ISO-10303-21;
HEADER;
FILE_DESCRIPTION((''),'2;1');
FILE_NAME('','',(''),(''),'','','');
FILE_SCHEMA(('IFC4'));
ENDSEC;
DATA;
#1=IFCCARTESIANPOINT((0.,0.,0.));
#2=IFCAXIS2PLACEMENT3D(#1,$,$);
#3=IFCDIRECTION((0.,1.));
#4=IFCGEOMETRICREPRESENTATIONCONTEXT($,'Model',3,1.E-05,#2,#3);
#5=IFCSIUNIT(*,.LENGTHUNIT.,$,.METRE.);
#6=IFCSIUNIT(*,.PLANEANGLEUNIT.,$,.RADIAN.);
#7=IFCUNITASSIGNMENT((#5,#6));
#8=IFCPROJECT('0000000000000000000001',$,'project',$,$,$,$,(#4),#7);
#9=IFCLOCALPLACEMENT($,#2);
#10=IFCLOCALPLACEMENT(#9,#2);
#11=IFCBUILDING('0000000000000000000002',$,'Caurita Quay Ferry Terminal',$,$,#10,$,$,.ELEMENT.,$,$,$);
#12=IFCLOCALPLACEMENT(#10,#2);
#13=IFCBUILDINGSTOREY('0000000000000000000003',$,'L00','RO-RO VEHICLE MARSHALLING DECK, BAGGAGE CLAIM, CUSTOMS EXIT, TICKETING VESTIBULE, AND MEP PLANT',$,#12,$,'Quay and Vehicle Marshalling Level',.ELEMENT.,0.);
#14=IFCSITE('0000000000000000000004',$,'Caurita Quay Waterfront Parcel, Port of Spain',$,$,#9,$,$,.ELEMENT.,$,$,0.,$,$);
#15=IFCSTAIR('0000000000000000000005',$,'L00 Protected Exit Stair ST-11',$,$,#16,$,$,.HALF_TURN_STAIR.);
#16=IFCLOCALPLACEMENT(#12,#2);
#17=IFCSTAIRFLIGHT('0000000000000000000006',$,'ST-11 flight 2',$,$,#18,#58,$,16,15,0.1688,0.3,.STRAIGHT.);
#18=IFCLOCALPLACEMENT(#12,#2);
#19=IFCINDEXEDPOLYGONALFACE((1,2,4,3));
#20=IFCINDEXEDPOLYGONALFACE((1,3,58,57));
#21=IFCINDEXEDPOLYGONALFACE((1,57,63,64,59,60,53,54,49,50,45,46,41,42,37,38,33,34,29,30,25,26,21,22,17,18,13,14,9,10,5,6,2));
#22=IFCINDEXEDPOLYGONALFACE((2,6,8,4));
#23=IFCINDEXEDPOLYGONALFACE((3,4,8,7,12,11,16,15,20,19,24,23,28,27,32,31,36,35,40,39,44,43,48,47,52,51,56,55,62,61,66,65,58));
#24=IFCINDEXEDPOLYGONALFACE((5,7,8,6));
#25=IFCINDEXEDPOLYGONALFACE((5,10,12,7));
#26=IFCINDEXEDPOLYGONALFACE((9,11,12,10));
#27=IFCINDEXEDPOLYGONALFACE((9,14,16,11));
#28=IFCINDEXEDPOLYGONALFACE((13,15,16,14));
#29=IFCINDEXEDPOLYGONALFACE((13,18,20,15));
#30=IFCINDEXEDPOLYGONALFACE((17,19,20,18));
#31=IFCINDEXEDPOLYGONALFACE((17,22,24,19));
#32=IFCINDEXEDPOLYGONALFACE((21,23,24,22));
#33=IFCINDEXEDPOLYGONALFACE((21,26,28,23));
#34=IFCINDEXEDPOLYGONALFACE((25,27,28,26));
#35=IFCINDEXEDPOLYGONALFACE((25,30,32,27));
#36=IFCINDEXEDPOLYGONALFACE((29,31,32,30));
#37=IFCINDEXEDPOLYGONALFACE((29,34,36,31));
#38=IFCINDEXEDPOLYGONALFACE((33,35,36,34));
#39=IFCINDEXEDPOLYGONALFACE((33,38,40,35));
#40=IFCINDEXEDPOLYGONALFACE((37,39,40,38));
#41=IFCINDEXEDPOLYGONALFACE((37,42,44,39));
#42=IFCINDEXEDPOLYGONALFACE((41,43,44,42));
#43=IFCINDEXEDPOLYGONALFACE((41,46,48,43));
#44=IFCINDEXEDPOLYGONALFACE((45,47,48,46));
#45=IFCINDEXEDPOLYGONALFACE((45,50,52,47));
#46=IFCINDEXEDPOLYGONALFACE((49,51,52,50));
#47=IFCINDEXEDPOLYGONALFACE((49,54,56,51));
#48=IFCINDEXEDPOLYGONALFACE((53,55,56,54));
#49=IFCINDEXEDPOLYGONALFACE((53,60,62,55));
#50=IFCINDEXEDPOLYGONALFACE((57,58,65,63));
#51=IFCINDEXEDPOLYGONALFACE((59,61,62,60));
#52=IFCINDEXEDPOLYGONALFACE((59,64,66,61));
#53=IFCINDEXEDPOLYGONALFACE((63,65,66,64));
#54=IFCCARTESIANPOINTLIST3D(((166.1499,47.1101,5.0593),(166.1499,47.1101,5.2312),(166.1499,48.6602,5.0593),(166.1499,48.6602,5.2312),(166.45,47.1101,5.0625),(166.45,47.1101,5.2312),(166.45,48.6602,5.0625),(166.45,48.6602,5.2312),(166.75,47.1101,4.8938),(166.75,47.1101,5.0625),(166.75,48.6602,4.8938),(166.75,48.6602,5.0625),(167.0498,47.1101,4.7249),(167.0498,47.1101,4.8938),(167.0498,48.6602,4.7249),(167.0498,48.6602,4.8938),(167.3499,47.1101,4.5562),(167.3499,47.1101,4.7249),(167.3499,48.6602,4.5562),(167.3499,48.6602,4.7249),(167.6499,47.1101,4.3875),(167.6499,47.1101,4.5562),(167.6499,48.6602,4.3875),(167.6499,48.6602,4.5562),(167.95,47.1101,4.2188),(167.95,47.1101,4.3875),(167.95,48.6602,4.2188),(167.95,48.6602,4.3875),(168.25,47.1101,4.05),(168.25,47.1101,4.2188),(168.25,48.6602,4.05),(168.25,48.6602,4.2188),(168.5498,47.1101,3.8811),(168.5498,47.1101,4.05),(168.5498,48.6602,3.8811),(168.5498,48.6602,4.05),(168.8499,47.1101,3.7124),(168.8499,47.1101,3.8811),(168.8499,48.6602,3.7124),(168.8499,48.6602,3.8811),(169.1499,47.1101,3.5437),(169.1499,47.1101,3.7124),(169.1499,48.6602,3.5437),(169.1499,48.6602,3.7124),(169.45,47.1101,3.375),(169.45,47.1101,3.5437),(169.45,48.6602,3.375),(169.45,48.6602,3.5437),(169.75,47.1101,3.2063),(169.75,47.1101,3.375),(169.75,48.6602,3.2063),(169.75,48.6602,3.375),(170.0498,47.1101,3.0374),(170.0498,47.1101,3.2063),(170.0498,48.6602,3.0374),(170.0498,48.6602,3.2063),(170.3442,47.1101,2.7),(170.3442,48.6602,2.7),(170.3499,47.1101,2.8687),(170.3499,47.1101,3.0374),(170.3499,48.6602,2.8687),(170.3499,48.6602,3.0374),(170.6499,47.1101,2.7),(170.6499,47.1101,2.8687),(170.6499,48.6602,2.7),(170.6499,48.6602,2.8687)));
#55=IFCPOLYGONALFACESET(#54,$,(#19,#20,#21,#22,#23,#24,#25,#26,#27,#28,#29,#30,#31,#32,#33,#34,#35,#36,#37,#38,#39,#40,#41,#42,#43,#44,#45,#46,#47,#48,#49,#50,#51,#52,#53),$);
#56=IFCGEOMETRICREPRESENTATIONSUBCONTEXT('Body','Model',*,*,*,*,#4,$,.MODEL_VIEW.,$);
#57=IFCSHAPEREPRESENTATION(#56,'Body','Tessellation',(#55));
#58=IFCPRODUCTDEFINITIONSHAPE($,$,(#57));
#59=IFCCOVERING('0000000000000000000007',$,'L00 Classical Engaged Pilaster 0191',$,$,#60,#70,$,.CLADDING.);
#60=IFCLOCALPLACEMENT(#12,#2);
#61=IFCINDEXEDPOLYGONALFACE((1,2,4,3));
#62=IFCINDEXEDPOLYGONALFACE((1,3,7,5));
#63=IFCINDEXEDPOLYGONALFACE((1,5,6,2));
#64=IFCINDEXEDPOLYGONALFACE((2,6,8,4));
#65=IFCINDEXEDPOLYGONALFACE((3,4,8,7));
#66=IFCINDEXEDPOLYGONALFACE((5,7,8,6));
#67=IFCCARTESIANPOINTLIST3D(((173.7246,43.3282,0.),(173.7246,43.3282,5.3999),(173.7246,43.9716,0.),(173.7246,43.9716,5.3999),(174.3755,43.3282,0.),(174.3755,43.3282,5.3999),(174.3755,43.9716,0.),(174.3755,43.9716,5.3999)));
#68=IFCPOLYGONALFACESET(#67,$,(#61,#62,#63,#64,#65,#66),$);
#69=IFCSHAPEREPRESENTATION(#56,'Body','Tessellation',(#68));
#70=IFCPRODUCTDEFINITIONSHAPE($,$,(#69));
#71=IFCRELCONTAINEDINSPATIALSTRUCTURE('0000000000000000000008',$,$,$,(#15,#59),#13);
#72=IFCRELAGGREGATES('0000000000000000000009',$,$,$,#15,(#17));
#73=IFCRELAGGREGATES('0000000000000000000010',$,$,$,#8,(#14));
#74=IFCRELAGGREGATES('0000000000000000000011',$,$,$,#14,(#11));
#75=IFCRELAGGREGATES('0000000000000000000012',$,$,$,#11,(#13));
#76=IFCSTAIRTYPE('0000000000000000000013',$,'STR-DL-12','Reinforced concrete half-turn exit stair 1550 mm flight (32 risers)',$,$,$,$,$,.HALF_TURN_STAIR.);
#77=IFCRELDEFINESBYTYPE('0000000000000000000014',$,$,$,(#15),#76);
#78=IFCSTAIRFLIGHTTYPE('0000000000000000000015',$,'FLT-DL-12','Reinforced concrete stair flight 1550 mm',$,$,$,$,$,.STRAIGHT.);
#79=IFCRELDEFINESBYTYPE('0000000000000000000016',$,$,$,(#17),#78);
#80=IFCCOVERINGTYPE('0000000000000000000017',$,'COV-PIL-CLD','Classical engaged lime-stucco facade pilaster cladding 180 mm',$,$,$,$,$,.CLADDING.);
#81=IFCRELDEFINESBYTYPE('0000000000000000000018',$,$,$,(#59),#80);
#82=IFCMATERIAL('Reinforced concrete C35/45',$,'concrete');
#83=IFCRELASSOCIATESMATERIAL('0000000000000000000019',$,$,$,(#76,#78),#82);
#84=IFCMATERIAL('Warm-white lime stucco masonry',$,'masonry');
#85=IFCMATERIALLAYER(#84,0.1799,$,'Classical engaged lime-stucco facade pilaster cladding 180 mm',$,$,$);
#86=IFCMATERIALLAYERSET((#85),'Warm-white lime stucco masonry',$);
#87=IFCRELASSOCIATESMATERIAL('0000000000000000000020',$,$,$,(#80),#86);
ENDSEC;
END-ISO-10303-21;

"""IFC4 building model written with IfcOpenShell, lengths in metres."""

from ifc_helpers import new_model, si_unit, direction, frame, origin, origin_2d, place, context, subcontext, project, spatial, polyline, rectangle, outline, extrude, material, layer, layer_set, type_object, element, aggregate, save


model = new_model("IFC4")

# Units and contexts
model_context = context("Model", 3, precision=1e-05, world=origin(), true_north=direction((0.0, 1.0)))
body_context = subcontext(model_context, "Body", "Model", "MODEL_VIEW")
ifc_project = project(units=[si_unit("LENGTHUNIT", "METRE"), si_unit("PLANEANGLEUNIT", "RADIAN")], contexts=[model_context])

# Site, building, storey
site_placement = place(None, origin())
site = spatial("IfcSite", under=ifc_project, at=site_placement, Name="Caurita Quay Waterfront Parcel, Port of Spain", CompositionType="ELEMENT", RefElevation=0.0)
building_placement = place(site_placement, origin())
building = spatial("IfcBuilding", under=site, at=building_placement, Name="Caurita Quay Ferry Terminal", CompositionType="ELEMENT")
storey_placement = place(building_placement, origin())
storey = spatial("IfcBuildingStorey", under=building, at=storey_placement, Name="L00", Description="RO-RO VEHICLE MARSHALLING DECK, BAGGAGE CLAIM, CUSTOMS EXIT, TICKETING VESTIBULE, AND MEP PLANT", LongName="Quay and Vehicle Marshalling Level", CompositionType="ELEMENT", Elevation=0.0)

# Shared definitions
ifc_material_1 = material(Name="Reinforced concrete C35/45", Category="concrete")

# Shared definitions
ifc_material_2 = material(Name="Warm-white lime stucco masonry", Category="masonry")

# Stair, stair flight
stair_type = type_object("IfcStairType", Name="STR-DL-12", Description="Reinforced concrete half-turn exit stair 1550 mm flight (32 risers)", PredefinedType="HALF_TURN_STAIR", material=ifc_material_1)
stair_placement = place(storey_placement, origin())
stair = element("IfcStair", 1, at=stair_placement, inside=storey, type_object=stair_type, Name="L00 Protected Exit Stair ST-11", PredefinedType="HALF_TURN_STAIR")
stair_flight_type = type_object("IfcStairFlightType", Name="FLT-DL-12", Description="Reinforced concrete stair flight 1550 mm", PredefinedType="STRAIGHT", material=ifc_material_1)
stair_flight_1_placement = place(storey_placement, frame((170.6499, 47.885, 2.7), z_axis=(0.0, 0.0, 1.0), x_axis=(-1.0, 0.0, 0.0)))
stair_flight_1 = element("IfcStairFlight", 2, at=stair_flight_1_placement, type_object=stair_flight_type, Name="ST-11 flight 2", NumberOfRisers=16, NumberOfTreads=15, PredefinedType="STRAIGHT", RiserHeight=0.1688, TreadLength=0.3, context=body_context, shape_type="SweptSolid", body=[
    extrude(outline(polyline([(0.0, 0.0), (0.0, 0.1687), (0.3, 0.1687), (0.3, 0.3374), (0.6001, 0.3374), (0.6001, 0.5063), (0.8999, 0.5063), (0.8999, 0.675), (1.2, 0.675), (1.2, 0.8438), (1.5, 0.8438), (1.5, 1.0125), (1.8, 1.0125), (1.8, 1.1812), (2.1001, 1.1812), (2.1001, 1.3501), (2.3999, 1.3501), (2.3999, 1.5188), (2.7, 1.5188), (2.7, 1.6875), (3.0, 1.6875), (3.0, 1.8562), (3.3, 1.8562), (3.3, 2.0249), (3.6001, 2.0249), (3.6001, 2.1938), (3.8999, 2.1938), (3.8999, 2.3625), (4.2, 2.3625), (4.2, 2.5312), (4.5, 2.5312), (4.5, 2.7), (4.5, 2.3594), (0.3057, 0.0), (0.0, 0.0)])), frame((0.0, 0.7749, 0.0), z_axis=(0.0, -1.0, 0.0), x_axis=(1.0, 0.0, 0.0)), (0.0, 0.0, 1.0), 1.55),
])
aggregate(stair, [stair_flight_1])

# Covering
ifc_layer_1 = layer(ifc_material_2, 0.1799, Name="Classical engaged lime-stucco facade pilaster cladding 180 mm")
ifc_layer_set_1 = layer_set([ifc_layer_1], Name="Warm-white lime stucco masonry")
covering_type = type_object("IfcCoveringType", Name="COV-PIL-CLD", Description="Classical engaged lime-stucco facade pilaster cladding 180 mm", PredefinedType="CLADDING", material=ifc_layer_set_1)
covering_placement = place(storey_placement, frame((174.05, 43.6499, 0.0), z_axis=(0.0, 0.0, 1.0), x_axis=(1.0, 0.0, 0.0)))
element("IfcCovering", 3, at=covering_placement, inside=storey, type_object=covering_type, Name="L00 Classical Engaged Pilaster 0191", PredefinedType="CLADDING", context=body_context, shape_type="SweptSolid", body=[
    extrude(rectangle(XDim=0.6509, YDim=0.6433, at=origin_2d()), origin(), (0.0, 0.0, 1.0), 5.3999),
])

save(model, "model.ifc")
